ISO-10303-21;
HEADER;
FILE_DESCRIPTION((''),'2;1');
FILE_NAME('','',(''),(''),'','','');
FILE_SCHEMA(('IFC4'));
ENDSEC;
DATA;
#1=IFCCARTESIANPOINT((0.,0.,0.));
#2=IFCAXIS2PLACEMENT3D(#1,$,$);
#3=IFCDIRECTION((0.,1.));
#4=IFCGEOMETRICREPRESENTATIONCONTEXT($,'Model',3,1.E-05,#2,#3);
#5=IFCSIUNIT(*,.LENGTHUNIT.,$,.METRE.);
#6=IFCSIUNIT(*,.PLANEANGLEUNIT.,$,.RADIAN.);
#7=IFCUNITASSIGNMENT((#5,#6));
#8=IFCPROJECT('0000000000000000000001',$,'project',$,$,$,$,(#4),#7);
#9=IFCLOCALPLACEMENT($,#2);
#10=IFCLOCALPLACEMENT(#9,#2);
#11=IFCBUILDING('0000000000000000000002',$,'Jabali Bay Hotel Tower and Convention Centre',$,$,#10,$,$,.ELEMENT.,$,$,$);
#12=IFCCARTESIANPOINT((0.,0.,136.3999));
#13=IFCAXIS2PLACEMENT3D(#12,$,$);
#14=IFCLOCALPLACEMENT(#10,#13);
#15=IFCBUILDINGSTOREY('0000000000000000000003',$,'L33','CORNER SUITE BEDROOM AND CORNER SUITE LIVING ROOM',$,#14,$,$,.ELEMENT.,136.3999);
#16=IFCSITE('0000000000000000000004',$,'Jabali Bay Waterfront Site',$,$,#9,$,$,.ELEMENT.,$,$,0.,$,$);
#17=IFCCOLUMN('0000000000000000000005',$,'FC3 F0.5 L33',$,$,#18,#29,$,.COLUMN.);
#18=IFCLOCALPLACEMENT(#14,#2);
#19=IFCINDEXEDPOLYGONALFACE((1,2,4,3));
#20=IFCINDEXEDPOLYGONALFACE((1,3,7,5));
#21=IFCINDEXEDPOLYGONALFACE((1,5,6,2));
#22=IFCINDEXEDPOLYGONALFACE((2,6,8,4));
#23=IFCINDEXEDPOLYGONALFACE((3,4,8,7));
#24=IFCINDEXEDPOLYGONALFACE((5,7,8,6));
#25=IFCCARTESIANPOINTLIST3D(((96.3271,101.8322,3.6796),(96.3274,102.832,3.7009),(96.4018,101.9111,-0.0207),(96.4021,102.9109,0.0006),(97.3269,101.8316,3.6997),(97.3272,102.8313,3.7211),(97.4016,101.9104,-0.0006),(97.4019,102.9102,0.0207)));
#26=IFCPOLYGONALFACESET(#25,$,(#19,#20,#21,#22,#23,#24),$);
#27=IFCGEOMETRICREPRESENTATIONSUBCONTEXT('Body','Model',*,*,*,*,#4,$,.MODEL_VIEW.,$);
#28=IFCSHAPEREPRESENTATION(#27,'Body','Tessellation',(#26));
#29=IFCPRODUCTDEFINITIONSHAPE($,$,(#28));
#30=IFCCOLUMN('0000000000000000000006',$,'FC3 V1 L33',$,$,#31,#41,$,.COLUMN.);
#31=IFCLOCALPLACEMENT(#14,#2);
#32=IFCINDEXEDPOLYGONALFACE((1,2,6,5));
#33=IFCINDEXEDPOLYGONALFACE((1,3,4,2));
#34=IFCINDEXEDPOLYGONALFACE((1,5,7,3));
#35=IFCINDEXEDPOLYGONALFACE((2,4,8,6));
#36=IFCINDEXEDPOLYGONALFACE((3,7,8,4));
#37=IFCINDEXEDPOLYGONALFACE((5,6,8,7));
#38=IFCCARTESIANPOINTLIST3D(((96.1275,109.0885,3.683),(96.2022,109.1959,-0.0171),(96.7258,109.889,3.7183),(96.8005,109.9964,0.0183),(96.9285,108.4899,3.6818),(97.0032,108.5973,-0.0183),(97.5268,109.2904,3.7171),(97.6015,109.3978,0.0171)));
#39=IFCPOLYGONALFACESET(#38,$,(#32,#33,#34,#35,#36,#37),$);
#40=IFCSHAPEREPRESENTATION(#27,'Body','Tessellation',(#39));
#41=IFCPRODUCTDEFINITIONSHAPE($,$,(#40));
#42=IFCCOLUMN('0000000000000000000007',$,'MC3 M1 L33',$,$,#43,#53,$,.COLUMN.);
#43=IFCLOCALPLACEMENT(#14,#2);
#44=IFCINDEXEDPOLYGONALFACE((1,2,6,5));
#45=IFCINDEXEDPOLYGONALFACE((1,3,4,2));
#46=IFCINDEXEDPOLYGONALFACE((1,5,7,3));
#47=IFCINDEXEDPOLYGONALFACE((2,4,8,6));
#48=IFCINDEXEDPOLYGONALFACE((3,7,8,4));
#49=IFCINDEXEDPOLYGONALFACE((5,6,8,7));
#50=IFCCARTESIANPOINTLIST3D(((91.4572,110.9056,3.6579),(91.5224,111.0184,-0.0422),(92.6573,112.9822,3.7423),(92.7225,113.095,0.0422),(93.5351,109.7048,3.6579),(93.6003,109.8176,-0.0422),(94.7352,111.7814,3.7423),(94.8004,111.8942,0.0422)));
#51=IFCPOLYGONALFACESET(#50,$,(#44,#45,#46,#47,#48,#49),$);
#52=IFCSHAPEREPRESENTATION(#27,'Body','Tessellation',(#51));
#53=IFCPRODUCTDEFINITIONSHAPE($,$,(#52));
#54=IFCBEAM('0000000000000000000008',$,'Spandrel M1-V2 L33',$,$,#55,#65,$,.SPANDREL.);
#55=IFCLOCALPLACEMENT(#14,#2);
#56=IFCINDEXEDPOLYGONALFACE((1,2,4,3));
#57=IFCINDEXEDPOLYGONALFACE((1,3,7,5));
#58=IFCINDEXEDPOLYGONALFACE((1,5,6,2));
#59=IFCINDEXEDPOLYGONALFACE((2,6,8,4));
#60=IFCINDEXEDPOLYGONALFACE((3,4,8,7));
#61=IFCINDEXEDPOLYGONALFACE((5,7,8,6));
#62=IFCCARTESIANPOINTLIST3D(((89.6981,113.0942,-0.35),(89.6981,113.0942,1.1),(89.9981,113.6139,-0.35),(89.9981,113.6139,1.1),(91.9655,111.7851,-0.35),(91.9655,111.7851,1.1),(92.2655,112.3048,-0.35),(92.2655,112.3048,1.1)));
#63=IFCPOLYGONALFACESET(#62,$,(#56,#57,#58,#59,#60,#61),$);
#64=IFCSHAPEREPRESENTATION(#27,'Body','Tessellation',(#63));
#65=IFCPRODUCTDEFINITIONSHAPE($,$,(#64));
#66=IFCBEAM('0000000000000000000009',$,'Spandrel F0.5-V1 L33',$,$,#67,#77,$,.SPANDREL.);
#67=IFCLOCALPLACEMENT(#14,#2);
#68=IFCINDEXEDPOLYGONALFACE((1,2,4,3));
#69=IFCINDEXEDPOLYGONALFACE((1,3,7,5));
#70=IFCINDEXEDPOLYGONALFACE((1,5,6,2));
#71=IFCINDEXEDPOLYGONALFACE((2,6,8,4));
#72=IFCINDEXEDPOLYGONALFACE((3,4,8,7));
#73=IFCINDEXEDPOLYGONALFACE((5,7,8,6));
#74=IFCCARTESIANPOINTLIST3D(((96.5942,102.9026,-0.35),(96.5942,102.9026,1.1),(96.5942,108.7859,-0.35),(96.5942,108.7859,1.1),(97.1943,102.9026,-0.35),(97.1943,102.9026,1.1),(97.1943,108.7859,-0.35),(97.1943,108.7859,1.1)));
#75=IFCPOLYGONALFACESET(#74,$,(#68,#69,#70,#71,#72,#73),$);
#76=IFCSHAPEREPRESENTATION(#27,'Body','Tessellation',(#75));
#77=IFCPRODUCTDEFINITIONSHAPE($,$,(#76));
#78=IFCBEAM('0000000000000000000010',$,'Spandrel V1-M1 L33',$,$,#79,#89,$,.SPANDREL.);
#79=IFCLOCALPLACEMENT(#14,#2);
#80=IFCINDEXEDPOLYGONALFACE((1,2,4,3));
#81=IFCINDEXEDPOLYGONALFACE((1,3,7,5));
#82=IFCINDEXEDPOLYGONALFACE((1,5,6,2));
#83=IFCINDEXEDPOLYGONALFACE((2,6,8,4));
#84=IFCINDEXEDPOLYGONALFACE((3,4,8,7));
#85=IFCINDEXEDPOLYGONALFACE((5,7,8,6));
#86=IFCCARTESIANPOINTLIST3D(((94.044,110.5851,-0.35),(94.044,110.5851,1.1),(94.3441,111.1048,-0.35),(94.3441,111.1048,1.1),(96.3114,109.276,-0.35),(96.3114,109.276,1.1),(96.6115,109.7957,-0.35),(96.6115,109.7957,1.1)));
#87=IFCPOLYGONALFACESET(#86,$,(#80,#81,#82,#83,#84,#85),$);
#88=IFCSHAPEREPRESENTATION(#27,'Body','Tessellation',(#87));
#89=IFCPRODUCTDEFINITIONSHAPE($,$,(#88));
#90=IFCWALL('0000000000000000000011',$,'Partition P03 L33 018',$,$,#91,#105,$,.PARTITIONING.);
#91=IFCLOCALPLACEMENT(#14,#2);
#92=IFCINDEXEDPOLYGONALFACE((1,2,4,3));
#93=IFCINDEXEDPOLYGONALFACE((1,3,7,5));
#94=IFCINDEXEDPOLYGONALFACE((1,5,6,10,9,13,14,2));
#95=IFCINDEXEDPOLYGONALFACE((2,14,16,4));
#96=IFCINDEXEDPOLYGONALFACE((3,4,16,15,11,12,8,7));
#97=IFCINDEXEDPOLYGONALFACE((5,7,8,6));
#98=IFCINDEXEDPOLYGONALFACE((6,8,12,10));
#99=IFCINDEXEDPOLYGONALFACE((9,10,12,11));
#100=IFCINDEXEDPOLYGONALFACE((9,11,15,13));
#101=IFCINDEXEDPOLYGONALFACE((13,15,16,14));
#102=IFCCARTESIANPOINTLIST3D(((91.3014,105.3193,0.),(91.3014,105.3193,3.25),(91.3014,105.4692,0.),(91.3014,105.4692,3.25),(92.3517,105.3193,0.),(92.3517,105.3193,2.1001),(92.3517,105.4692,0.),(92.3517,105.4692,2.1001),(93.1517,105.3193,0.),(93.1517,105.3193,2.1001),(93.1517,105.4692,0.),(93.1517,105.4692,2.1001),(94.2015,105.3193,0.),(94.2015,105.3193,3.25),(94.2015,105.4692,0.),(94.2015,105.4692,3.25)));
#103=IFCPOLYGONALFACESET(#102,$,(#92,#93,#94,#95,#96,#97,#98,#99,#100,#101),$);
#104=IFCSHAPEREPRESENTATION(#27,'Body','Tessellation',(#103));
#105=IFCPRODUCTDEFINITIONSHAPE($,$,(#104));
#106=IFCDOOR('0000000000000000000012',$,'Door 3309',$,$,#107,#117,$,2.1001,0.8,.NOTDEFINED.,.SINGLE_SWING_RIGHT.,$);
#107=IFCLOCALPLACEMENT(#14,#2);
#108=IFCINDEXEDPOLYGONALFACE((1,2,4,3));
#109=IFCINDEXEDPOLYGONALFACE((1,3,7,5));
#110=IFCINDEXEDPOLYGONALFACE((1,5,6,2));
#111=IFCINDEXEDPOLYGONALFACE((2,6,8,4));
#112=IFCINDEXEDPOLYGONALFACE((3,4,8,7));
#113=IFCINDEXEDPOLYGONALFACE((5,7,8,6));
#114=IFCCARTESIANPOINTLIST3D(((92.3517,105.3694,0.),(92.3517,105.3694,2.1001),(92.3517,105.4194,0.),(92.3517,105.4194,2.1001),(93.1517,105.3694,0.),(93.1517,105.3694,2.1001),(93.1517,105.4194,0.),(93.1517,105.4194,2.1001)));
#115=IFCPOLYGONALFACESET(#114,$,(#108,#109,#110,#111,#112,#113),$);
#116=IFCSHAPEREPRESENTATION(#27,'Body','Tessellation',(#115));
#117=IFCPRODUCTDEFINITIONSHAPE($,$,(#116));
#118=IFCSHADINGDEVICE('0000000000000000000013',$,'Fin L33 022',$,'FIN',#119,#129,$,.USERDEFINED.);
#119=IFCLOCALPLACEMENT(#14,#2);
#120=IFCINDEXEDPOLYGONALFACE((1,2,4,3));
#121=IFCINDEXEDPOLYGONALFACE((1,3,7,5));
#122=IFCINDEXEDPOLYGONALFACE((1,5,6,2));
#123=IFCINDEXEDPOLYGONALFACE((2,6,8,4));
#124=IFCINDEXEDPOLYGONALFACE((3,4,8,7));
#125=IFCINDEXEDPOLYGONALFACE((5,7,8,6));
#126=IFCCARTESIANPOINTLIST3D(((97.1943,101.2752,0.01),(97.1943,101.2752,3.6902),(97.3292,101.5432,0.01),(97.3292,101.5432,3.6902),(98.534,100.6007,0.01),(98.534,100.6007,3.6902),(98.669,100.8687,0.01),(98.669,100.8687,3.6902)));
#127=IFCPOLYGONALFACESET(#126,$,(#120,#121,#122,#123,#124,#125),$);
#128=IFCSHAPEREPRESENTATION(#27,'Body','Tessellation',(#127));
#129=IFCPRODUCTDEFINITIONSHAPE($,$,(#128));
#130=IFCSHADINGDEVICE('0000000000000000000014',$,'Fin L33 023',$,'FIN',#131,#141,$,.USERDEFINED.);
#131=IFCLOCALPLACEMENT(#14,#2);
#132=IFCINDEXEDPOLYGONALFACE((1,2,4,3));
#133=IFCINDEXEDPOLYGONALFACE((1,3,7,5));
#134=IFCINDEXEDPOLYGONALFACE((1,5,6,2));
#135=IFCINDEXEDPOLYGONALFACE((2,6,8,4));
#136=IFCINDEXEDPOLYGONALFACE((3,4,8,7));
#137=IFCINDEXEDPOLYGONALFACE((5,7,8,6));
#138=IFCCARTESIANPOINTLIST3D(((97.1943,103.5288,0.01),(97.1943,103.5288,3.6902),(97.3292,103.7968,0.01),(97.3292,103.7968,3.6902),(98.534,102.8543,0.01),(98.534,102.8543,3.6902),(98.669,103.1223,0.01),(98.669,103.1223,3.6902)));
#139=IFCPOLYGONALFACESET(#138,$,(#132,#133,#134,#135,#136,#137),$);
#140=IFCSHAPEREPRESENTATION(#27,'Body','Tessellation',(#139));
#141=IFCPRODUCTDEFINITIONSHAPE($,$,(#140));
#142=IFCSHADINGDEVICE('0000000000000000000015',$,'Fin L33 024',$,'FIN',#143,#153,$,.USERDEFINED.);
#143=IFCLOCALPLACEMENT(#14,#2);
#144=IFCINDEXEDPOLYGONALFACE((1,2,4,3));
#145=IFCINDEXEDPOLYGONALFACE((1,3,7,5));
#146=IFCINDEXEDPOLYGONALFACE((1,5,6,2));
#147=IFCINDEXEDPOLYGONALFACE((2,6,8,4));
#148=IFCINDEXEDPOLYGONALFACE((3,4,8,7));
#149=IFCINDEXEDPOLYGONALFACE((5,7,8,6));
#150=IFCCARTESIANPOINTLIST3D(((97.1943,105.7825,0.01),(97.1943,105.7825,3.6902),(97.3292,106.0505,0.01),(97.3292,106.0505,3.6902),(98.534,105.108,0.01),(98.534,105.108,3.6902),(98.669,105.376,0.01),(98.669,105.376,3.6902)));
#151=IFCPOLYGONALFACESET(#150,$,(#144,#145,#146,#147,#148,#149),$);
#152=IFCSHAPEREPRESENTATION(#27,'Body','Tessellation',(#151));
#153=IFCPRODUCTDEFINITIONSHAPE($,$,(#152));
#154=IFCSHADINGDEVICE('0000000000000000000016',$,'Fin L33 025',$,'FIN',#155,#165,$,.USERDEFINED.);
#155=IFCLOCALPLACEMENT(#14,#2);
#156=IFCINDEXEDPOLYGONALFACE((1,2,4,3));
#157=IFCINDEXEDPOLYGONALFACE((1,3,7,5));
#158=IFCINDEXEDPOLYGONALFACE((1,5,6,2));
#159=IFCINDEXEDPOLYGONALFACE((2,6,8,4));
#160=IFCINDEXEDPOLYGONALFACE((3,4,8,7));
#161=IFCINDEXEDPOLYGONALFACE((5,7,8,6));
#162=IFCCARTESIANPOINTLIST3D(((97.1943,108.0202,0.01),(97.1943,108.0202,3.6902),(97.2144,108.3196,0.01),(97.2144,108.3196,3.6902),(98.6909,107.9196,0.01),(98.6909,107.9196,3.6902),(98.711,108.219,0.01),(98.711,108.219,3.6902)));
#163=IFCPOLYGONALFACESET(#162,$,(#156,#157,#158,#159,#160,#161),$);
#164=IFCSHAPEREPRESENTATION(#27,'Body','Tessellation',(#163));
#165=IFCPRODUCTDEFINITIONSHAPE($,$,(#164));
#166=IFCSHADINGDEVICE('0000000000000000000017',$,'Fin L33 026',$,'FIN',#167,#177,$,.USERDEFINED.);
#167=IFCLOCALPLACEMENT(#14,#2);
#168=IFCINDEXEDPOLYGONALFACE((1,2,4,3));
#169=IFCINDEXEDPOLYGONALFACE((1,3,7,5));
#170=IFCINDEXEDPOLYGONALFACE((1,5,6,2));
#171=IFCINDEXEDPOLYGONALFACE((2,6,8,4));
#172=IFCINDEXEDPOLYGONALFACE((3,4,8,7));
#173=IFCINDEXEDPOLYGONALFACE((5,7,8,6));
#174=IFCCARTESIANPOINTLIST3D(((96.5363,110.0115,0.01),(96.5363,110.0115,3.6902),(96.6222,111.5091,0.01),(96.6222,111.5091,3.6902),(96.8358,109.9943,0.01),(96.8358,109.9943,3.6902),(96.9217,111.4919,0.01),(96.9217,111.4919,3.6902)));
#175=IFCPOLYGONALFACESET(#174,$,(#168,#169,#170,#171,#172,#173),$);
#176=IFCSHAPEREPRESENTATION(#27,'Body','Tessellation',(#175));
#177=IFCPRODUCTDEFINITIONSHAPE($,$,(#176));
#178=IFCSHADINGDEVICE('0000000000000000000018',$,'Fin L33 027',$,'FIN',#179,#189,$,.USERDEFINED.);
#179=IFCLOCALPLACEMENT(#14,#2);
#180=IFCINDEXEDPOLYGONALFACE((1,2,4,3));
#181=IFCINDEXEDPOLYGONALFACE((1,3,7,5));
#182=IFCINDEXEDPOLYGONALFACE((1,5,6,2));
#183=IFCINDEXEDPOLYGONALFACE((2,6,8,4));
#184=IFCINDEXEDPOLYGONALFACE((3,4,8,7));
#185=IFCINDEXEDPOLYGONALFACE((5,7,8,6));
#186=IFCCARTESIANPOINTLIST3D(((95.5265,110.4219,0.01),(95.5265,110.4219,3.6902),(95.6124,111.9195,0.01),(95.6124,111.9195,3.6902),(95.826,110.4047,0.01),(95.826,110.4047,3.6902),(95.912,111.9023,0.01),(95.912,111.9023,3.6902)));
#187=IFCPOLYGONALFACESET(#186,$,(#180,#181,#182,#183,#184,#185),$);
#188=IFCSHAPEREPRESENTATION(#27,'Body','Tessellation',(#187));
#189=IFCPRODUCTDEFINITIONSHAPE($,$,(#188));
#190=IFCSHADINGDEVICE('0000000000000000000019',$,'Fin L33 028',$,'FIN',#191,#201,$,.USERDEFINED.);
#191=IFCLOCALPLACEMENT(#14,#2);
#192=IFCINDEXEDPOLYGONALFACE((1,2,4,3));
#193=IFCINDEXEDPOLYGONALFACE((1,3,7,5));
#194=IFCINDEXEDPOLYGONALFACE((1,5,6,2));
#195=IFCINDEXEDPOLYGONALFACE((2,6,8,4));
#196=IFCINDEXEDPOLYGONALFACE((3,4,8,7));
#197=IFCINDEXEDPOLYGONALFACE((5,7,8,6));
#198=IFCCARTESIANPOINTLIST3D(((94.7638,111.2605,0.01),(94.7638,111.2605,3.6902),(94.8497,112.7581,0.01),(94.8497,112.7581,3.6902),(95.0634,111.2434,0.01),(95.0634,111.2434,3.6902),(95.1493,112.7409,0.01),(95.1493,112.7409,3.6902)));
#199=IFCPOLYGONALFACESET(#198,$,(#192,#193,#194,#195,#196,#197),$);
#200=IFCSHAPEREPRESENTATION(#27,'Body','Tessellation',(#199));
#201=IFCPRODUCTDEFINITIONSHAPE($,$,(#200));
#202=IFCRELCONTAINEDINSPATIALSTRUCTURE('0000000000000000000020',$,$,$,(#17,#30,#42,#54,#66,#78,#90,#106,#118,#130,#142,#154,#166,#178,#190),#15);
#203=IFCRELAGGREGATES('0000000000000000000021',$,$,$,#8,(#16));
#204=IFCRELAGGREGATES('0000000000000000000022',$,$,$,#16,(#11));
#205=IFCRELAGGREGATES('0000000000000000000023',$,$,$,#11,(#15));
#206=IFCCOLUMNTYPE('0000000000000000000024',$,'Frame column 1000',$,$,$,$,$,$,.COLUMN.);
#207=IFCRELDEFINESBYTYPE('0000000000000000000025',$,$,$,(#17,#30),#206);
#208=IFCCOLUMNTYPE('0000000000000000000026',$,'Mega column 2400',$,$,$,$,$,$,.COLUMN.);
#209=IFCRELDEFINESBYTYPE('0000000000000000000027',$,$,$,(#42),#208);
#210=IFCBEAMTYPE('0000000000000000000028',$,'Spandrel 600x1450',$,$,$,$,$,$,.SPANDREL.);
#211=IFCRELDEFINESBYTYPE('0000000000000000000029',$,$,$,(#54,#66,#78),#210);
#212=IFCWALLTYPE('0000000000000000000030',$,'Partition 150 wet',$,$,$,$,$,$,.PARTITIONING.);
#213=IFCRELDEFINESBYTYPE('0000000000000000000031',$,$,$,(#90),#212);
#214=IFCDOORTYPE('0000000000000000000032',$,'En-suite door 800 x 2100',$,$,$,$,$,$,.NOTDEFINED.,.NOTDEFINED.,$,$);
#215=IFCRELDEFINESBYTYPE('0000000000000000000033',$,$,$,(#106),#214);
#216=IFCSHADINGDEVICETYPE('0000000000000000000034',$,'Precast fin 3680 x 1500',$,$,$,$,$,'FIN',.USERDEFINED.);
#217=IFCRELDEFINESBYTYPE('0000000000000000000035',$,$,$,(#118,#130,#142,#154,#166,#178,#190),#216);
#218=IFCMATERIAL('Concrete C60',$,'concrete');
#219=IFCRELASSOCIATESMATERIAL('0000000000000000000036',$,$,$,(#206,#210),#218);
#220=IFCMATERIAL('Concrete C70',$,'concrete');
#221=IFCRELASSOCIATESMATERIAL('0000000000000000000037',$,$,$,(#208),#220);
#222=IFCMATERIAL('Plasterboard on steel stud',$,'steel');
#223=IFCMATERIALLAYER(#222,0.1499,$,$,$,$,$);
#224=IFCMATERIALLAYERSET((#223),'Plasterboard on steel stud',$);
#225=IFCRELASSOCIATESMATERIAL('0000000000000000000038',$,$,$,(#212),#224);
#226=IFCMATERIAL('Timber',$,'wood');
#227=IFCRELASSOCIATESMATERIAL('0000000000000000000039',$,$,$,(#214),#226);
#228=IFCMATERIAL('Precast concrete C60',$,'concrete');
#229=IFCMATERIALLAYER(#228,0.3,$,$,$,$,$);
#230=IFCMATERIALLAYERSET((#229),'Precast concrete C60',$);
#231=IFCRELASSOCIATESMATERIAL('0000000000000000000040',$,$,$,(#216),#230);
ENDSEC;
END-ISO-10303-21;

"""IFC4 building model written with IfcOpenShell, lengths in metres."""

from ifc_helpers import new_model, si_unit, direction, frame, frame_2d, origin, origin_2d, place, context, subcontext, project, spatial, rectangle, extrude, material, layer, layer_set, material_profile, profile_set, type_object, element, fill, save


model = new_model("IFC4")

# Units and contexts
model_context = context("Model", 3, precision=1e-05, world=origin(), true_north=direction((0.0, 1.0)))
body_context = subcontext(model_context, "Body", "Model", "MODEL_VIEW")
ifc_project = project(units=[si_unit("LENGTHUNIT", "METRE"), si_unit("PLANEANGLEUNIT", "RADIAN")], contexts=[model_context])

# Site, building, storey
site_placement = place(None, origin())
site = spatial("IfcSite", under=ifc_project, at=site_placement, Name="Jabali Bay Waterfront Site", CompositionType="ELEMENT", RefElevation=0.0)
building_placement = place(site_placement, origin())
building = spatial("IfcBuilding", under=site, at=building_placement, Name="Jabali Bay Hotel Tower and Convention Centre", CompositionType="ELEMENT")
storey_placement = place(building_placement, frame((0.0, 0.0, 136.3999)))
storey = spatial("IfcBuildingStorey", under=building, at=storey_placement, Name="L33", Description="CORNER SUITE BEDROOM AND CORNER SUITE LIVING ROOM", CompositionType="ELEMENT", Elevation=136.3999)

# Columns
ifc_material_1 = material(Name="Concrete C60", Category="concrete")
ifc_material_profile_1 = material_profile(ifc_material_1, rectangle(XDim=1.0, YDim=1.0, at=origin_2d()), Name="Frame column 1000")
ifc_profile_set_1 = profile_set([ifc_material_profile_1], Name="Concrete C60")
column_type_1 = type_object("IfcColumnType", Name="Frame column 1000", PredefinedType="COLUMN", material=ifc_profile_set_1)
column_1_placement = place(storey_placement, frame((96.9019, 102.4106, 0.0), z_axis=(-0.020181, -0.021303, 0.999569), x_axis=(0.999796, -0.000658, 0.020172)))
element("IfcColumn", 1, at=column_1_placement, inside=storey, type_object=column_type_1, Name="FC3 F0.5 L33", PredefinedType="COLUMN", context=body_context, shape_type="SweptSolid", body=[
    extrude(rectangle(XDim=1.0, YDim=1.0, at=origin_2d()), origin(), (0.0, 0.0, 1.0), 3.7019),
])
column_2_placement = place(storey_placement, frame((96.9019, 109.2969, 0.0), z_axis=(-0.020177, -0.029013, 0.999375), x_axis=(0.598279, 0.800509, 0.035319)))
element("IfcColumn", 2, at=column_2_placement, inside=storey, type_object=column_type_1, Name="FC3 V1 L33", PredefinedType="COLUMN", context=body_context, shape_type="SweptSolid", body=[
    extrude(rectangle(XDim=1.0, YDim=1.0, at=origin_2d()), origin(), (0.0, 0.0, 1.0), 3.7024),
])
ifc_material_2 = material(Name="Concrete C70", Category="concrete")
ifc_material_profile_2 = material_profile(ifc_material_2, rectangle(XDim=2.3999, YDim=2.3999, at=origin_2d()), Name="Mega column 2400")
ifc_profile_set_2 = profile_set([ifc_material_profile_2], Name="Concrete C70")
column_type_2 = type_object("IfcColumnType", Name="Mega column 2400", PredefinedType="COLUMN", material=ifc_profile_set_2)
column_3_placement = place(storey_placement, frame((93.1614, 111.4563, 0.0), z_axis=(-0.017606, -0.030464, 0.999381), x_axis=(0.500065, 0.865273, 0.035186)))
element("IfcColumn", 3, at=column_3_placement, inside=storey, type_object=column_type_2, Name="MC3 M1 L33", PredefinedType="COLUMN", context=body_context, shape_type="SweptSolid", body=[
    extrude(rectangle(XDim=2.3999, YDim=2.3999, at=origin_2d()), origin(), (0.0, 0.0, 1.0), 3.7024),
])

# Beams
ifc_material_profile_3 = material_profile(ifc_material_1, rectangle(XDim=0.6001, YDim=1.45, at=origin_2d()), Name="Spandrel 600x1450")
ifc_profile_set_3 = profile_set([ifc_material_profile_3], Name="Concrete C60")
beam_type = type_object("IfcBeamType", Name="Spandrel 600x1450", PredefinedType="SPANDREL", material=ifc_profile_set_3)
beam_1_placement = place(storey_placement, frame((92.1155, 112.0449, 0.375), z_axis=(-0.866019, 0.50001, 0.0), x_axis=(-0.50001, -0.866019, 0.0)))
element("IfcBeam", 4, at=beam_1_placement, inside=storey, type_object=beam_type, Name="Spandrel M1-V2 L33", PredefinedType="SPANDREL", context=body_context, shape_type="SweptSolid", body=[
    extrude(rectangle(XDim=0.6001, YDim=1.45, at=origin_2d()), origin(), (0.0, 0.0, 1.0), 2.6182),
])
beam_2_placement = place(storey_placement, frame((96.8943, 102.9026, 0.375), z_axis=(0.0, 1.0, 0.0), x_axis=(-1.0, 0.0, 0.0)))
element("IfcBeam", 5, at=beam_2_placement, inside=storey, type_object=beam_type, Name="Spandrel F0.5-V1 L33", PredefinedType="SPANDREL", context=body_context, shape_type="SweptSolid", body=[
    extrude(rectangle(XDim=0.6001, YDim=1.45, at=origin_2d()), origin(), (0.0, 0.0, 1.0), 5.8833),
])
beam_3_placement = place(storey_placement, frame((96.4614, 109.5359, 0.375), z_axis=(-0.866019, 0.50001, 0.0), x_axis=(-0.50001, -0.866019, 0.0)))
element("IfcBeam", 6, at=beam_3_placement, inside=storey, type_object=beam_type, Name="Spandrel V1-M1 L33", PredefinedType="SPANDREL", context=body_context, shape_type="SweptSolid", body=[
    extrude(rectangle(XDim=0.6001, YDim=1.45, at=origin_2d()), origin(), (0.0, 0.0, 1.0), 2.6182),
])

# Wall, opening, door
ifc_material_3 = material(Name="Plasterboard on steel stud", Category="steel")
ifc_layer_1 = layer(ifc_material_3, 0.1499)
ifc_layer_set_1 = layer_set([ifc_layer_1], Name="Plasterboard on steel stud")
wall_type_1 = type_object("IfcWallType", Name="Partition 150 wet", PredefinedType="PARTITIONING", material=ifc_layer_set_1)
wall_1_placement = place(storey_placement, frame((94.2017, 105.3943, 0.0), z_axis=(0.0, 0.0, 1.0), x_axis=(-1.0, 0.0, 0.0)))
wall_1 = element("IfcWall", 7, at=wall_1_placement, inside=storey, type_object=wall_type_1, Name="Partition P03 L33 018", PredefinedType="PARTITIONING", context=body_context, shape_type="SweptSolid", body=[
    extrude(rectangle(XDim=2.9001, YDim=0.1499, at=frame_2d((1.4502, 0.0))), origin(), (0.0, 0.0, 1.0), 3.25),
])
opening_1_placement = place(wall_1_placement, frame((1.05, 0.0, 0.0)))
opening_1 = element("IfcOpeningElement", 8, at=opening_1_placement, cuts=wall_1, PredefinedType="OPENING", context=body_context, shape_type="SweptSolid", body=[
    extrude(rectangle(XDim=0.8, YDim=2.1001, at=frame_2d((0.3999, 1.05))), frame((0.0, 0.0854, 0.0), z_axis=(0.0, -1.0, 0.0), x_axis=(1.0, 0.0, 0.0)), (0.0, 0.0, 1.0), 0.1709),
])
ifc_material_4 = material(Name="Timber", Category="wood")
door_type_1 = type_object("IfcDoorType", Name="En-suite door 800 x 2100", OperationType="NOTDEFINED", PredefinedType="NOTDEFINED", material=ifc_material_4)
door_1_placement = place(opening_1_placement, origin())
door_1 = element("IfcDoor", 9, at=door_1_placement, inside=storey, type_object=door_type_1, Name="Door 3309", OperationType="SINGLE_SWING_RIGHT", OverallHeight=2.1001, OverallWidth=0.8, PredefinedType="NOTDEFINED", context=body_context, shape_type="SweptSolid", body=[
    extrude(rectangle(XDim=0.8, YDim=2.1001, at=frame_2d((0.3999, 1.05))), frame((0.0, 0.0249, 0.0), z_axis=(0.0, -1.0, 0.0), x_axis=(1.0, 0.0, 0.0)), (0.0, 0.0, 1.0), 0.05),
])
fill(opening_1, door_1)

# Shading devices
ifc_material_5 = material(Name="Precast concrete C60", Category="concrete")
ifc_layer_2 = layer(ifc_material_5, 0.3)
ifc_layer_set_2 = layer_set([ifc_layer_2], Name="Precast concrete C60")
shading_device_type = type_object("IfcShadingDeviceType", Name="Precast fin 3680 x 1500", ElementType="FIN", PredefinedType="USERDEFINED", material=ifc_layer_set_2)
for number, where, z_axis, x_axis, name in (
    (10, (97.2617, 101.4092, 0.01), (0.0, 0.0, 1.0), (0.893187, -0.449686, 0.0), "Fin L33 022"),
    (11, (97.2617, 103.6628, 0.01), (0.0, 0.0, 1.0), (0.893187, -0.449686, 0.0), "Fin L33 023"),
    (12, (97.2617, 105.9165, 0.01), (0.0, 0.0, 1.0), (0.893187, -0.449686, 0.0), "Fin L33 024"),
    (13, (97.2043, 108.1699, 0.01), (0.0, 0.0, 1.0), (0.997749, -0.067059, 0.0), "Fin L33 025"),
    (14, (96.686, 110.0029, 0.01), (0.0, 0.0, 1.0), (0.057291, 0.998358, 0.0), "Fin L33 026"),
    (15, (95.6763, 110.4133, 0.01), (0.0, 0.0, 1.0), (0.057291, 0.998358, 0.0), "Fin L33 027"),
    (16, (94.9136, 111.252, 0.01), (0.0, 0.0, 1.0), (0.057291, 0.998358, 0.0), "Fin L33 028"),
):
    element("IfcShadingDevice", number, at=place(storey_placement, frame(where, z_axis=z_axis, x_axis=x_axis)), inside=storey, type_object=shading_device_type, Name=name, ObjectType="FIN", PredefinedType="USERDEFINED", context=body_context, shape_type="SweptSolid", body=[
        extrude(rectangle(XDim=1.5, YDim=0.3, at=frame_2d((0.75, 0.0))), origin(), (0.0, 0.0, 1.0), 3.6802),
    ])

save(model, "model.ifc")
